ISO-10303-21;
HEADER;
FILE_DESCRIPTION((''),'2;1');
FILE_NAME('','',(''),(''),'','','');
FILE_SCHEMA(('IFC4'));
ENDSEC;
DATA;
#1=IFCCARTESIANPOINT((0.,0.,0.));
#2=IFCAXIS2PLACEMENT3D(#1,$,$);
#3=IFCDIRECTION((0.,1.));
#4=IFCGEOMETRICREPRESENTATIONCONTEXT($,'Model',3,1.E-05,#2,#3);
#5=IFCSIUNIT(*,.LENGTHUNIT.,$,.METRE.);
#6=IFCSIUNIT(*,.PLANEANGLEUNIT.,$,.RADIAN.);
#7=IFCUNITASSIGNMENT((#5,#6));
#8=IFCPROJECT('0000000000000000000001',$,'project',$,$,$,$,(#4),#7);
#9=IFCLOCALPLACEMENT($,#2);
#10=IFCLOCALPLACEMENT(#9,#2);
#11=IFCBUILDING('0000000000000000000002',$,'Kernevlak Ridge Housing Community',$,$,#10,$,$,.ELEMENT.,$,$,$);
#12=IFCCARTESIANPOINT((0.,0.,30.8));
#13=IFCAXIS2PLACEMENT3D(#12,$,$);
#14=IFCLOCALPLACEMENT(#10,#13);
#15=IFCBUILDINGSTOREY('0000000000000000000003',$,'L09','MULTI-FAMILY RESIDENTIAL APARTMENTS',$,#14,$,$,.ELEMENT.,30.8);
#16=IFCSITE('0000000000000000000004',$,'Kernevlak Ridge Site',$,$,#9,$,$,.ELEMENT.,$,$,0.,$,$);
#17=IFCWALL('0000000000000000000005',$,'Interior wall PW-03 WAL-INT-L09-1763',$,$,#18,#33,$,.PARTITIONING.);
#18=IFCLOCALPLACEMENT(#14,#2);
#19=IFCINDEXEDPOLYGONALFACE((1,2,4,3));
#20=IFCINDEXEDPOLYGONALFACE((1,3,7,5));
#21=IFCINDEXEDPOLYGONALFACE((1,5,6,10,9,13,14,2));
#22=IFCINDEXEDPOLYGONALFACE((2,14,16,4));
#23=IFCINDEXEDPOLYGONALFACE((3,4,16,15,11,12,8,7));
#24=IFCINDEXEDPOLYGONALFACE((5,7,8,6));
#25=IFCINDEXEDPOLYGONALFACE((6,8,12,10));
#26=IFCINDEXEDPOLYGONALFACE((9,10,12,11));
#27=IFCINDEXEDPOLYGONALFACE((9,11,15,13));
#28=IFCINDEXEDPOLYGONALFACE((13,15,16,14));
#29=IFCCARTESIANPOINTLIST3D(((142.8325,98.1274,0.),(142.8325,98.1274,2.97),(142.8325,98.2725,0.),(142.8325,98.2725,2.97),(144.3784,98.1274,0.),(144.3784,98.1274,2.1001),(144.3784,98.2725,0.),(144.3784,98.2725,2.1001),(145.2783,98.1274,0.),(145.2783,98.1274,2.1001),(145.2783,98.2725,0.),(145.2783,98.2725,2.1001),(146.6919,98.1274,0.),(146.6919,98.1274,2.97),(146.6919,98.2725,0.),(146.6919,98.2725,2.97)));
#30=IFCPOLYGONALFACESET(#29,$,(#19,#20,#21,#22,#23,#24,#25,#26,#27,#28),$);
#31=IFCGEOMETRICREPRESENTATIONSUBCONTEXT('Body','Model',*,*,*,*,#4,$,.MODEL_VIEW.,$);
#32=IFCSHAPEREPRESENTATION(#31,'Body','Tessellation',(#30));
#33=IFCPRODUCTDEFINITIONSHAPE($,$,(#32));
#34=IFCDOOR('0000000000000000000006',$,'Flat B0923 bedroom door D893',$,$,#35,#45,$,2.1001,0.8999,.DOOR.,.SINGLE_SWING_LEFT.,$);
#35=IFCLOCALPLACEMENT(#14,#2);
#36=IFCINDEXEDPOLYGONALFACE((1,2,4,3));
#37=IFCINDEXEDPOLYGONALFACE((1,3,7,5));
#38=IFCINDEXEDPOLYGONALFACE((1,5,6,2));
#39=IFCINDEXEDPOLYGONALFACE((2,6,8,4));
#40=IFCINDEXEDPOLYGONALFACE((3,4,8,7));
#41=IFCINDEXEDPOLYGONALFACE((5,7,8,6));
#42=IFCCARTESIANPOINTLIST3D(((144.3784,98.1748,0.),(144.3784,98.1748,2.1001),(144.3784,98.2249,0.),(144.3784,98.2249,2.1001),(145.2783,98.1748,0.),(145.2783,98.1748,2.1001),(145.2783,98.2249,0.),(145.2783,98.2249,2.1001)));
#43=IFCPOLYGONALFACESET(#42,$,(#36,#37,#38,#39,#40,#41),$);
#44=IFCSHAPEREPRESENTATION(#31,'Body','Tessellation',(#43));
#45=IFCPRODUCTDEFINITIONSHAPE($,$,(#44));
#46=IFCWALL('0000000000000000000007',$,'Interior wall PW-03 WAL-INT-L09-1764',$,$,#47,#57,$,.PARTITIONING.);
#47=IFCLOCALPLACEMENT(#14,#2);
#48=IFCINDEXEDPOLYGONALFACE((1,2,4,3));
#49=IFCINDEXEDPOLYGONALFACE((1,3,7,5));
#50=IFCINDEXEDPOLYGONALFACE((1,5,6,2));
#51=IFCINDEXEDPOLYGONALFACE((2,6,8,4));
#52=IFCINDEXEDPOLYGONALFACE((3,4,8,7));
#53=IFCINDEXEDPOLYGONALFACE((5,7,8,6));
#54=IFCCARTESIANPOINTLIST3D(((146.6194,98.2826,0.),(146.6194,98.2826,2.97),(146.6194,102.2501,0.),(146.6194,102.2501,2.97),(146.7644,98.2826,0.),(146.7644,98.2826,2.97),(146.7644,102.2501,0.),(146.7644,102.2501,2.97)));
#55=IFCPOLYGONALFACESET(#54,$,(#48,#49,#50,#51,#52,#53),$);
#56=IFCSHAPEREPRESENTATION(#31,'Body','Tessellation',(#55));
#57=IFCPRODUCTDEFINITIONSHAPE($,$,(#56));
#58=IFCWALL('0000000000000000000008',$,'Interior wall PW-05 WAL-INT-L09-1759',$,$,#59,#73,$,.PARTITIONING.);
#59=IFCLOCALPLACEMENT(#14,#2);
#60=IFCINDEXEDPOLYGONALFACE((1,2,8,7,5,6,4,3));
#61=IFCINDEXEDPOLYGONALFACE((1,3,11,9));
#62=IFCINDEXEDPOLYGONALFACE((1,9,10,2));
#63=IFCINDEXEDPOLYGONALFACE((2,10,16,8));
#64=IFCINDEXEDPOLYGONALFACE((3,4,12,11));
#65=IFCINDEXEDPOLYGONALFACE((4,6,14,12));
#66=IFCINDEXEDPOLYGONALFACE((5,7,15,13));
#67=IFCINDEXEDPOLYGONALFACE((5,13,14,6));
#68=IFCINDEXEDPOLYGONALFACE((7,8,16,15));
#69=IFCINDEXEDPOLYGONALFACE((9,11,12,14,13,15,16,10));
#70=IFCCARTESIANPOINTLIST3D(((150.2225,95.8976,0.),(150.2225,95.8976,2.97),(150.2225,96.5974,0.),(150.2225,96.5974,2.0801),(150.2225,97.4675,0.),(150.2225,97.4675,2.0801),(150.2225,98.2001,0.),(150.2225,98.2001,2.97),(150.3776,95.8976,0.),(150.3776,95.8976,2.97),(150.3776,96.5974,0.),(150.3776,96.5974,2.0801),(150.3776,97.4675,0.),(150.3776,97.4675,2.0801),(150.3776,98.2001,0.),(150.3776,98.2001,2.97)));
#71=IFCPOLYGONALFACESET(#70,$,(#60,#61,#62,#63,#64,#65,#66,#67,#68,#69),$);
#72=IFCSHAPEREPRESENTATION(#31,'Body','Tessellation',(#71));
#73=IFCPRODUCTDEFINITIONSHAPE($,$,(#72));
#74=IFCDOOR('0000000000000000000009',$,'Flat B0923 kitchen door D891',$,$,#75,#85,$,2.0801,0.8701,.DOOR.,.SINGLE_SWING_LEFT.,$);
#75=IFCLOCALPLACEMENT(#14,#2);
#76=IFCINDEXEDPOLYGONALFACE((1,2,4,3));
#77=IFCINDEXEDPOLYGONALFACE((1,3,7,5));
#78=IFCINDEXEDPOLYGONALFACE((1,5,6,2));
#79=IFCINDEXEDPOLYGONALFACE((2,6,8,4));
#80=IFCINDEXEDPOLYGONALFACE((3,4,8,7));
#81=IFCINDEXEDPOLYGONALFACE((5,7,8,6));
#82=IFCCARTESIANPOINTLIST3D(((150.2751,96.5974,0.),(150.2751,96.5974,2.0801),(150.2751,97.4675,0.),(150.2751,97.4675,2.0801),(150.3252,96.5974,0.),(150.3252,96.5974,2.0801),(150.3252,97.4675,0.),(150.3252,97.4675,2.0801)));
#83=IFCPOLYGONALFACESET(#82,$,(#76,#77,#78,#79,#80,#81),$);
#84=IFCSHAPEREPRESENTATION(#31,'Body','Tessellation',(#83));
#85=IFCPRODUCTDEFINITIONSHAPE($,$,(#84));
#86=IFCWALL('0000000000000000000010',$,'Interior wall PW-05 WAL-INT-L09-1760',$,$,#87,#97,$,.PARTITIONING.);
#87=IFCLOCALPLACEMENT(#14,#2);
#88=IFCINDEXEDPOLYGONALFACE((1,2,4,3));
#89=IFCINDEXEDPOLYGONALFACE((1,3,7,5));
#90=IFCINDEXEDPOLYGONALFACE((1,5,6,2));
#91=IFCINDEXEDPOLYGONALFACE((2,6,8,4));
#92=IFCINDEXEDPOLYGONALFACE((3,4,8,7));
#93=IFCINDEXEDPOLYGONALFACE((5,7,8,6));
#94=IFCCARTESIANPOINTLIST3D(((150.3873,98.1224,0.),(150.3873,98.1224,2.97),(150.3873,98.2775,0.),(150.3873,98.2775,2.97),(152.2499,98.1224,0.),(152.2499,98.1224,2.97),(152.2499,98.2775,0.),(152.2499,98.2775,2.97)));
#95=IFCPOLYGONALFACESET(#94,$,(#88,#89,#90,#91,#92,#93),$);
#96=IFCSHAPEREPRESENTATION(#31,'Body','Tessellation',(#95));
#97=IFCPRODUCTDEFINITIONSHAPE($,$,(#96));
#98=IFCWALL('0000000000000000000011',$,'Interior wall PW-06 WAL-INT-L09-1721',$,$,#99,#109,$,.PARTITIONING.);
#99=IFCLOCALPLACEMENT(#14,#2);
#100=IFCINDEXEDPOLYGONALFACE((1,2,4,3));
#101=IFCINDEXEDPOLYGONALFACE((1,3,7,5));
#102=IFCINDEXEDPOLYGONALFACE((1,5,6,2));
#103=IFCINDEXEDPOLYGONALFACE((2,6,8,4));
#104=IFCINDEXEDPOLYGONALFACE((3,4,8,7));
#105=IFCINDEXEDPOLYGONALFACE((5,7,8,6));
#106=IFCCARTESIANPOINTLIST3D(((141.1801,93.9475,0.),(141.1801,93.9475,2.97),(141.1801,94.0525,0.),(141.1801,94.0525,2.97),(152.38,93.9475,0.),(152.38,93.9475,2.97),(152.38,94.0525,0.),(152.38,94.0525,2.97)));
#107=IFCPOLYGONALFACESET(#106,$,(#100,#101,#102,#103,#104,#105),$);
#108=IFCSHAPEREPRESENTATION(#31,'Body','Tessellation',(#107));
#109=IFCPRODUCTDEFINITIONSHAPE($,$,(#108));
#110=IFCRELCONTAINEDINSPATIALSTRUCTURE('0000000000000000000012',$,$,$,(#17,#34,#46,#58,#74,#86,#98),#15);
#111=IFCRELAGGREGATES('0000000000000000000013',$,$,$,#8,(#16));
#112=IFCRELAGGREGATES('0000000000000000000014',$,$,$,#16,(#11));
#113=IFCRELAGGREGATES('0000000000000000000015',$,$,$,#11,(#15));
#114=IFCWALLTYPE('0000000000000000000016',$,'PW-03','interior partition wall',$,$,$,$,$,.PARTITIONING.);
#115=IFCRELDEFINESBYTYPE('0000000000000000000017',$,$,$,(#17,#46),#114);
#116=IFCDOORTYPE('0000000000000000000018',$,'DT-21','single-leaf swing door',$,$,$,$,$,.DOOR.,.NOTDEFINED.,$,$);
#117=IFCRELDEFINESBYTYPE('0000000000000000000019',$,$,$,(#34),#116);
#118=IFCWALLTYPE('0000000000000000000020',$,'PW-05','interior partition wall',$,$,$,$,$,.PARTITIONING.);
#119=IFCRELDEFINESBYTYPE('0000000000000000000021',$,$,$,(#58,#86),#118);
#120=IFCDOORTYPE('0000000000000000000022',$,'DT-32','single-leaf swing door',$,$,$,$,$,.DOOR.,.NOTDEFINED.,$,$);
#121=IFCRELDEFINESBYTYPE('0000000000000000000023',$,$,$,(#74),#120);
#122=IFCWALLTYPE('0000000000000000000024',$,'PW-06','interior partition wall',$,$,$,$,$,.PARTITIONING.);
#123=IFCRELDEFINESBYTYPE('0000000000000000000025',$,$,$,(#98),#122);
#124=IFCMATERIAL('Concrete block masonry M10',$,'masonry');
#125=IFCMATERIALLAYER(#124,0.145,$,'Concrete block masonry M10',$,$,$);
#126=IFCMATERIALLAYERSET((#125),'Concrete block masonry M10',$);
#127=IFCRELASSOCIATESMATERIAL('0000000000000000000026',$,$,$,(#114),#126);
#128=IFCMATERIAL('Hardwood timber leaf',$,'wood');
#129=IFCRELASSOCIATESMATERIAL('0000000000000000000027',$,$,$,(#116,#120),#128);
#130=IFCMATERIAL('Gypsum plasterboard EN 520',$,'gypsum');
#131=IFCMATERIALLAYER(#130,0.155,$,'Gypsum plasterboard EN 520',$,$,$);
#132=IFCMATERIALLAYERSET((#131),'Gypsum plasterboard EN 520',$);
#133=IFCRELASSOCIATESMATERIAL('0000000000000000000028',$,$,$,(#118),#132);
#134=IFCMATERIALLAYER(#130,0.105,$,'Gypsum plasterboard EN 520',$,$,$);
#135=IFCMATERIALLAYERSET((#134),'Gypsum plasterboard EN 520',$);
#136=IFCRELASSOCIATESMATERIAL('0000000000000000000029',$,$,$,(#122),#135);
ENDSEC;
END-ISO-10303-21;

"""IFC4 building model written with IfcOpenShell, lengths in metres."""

from ifc_helpers import new_model, si_unit, direction, frame, frame_2d, origin, place, context, subcontext, project, spatial, rectangle, extrude, material, layer, layer_set, type_object, element, fill, save


model = new_model("IFC4")

# Units and contexts
model_context = context("Model", 3, precision=1e-05, world=origin(), true_north=direction((0.0, 1.0)))
body_context = subcontext(model_context, "Body", "Model", "MODEL_VIEW")
ifc_project = project(units=[si_unit("LENGTHUNIT", "METRE"), si_unit("PLANEANGLEUNIT", "RADIAN")], contexts=[model_context])

# Site, building, storey
site_placement = place(None, origin())
site = spatial("IfcSite", under=ifc_project, at=site_placement, Name="Kernevlak Ridge Site", CompositionType="ELEMENT", RefElevation=0.0)
building_placement = place(site_placement, origin())
building = spatial("IfcBuilding", under=site, at=building_placement, Name="Kernevlak Ridge Housing Community", CompositionType="ELEMENT")
storey_placement = place(building_placement, frame((0.0, 0.0, 30.8)))
storey = spatial("IfcBuildingStorey", under=building, at=storey_placement, Name="L09", Description="MULTI-FAMILY RESIDENTIAL APARTMENTS", CompositionType="ELEMENT", Elevation=30.8)

# Shared definitions
ifc_material_1 = material(Name="Concrete block masonry M10", Category="masonry")

# Shared definitions
ifc_layer_1 = layer(ifc_material_1, 0.145, Name="Concrete block masonry M10")
ifc_layer_set_1 = layer_set([ifc_layer_1], Name="Concrete block masonry M10")
wall_type_1 = type_object("IfcWallType", Name="PW-03", Description="interior partition wall", PredefinedType="PARTITIONING", material=ifc_layer_set_1)

# Wall, opening, door
wall_1_placement = place(storey_placement, frame((142.8325, 98.2, 0.0), z_axis=(0.0, 0.0, 1.0), x_axis=(1.0, 0.0, 0.0)))
wall_1 = element("IfcWall", 1, at=wall_1_placement, inside=storey, type_object=wall_type_1, Name="Interior wall PW-03 WAL-INT-L09-1763", PredefinedType="PARTITIONING", context=body_context, shape_type="SweptSolid", body=[
    extrude(rectangle(XDim=3.8594, YDim=0.145, at=frame_2d((1.9297, 0.0))), origin(), (0.0, 0.0, 1.0), 2.97),
])
opening_1_placement = place(wall_1_placement, frame((1.5459, 0.0, 0.0)))
opening_1 = element("IfcOpeningElement", 2, at=opening_1_placement, cuts=wall_1, PredefinedType="OPENING", context=body_context, shape_type="SweptSolid", body=[
    extrude(rectangle(XDim=0.8999, YDim=2.1001, at=frame_2d((0.45, 1.05))), frame((0.0, 0.0825, 0.0), z_axis=(0.0, -1.0, 0.0), x_axis=(1.0, 0.0, 0.0)), (0.0, 0.0, 1.0), 0.165),
])
ifc_material_2 = material(Name="Hardwood timber leaf", Category="wood")
door_type_1 = type_object("IfcDoorType", Name="DT-21", Description="single-leaf swing door", OperationType="NOTDEFINED", PredefinedType="DOOR", material=ifc_material_2)
door_1_placement = place(opening_1_placement, origin())
door_1 = element("IfcDoor", 3, at=door_1_placement, inside=storey, type_object=door_type_1, Name="Flat B0923 bedroom door D893", OperationType="SINGLE_SWING_LEFT", OverallHeight=2.1001, OverallWidth=0.8999, PredefinedType="DOOR", context=body_context, shape_type="SweptSolid", body=[
    extrude(rectangle(XDim=0.8999, YDim=2.1001, at=frame_2d((0.45, 1.05))), frame((0.0, 0.0249, 0.0), z_axis=(0.0, -1.0, 0.0), x_axis=(1.0, 0.0, 0.0)), (0.0, 0.0, 1.0), 0.05),
])
fill(opening_1, door_1)

# Wall
wall_2_placement = place(storey_placement, frame((146.6919, 98.2825, 0.0), z_axis=(0.0, 0.0, 1.0), x_axis=(0.0, 1.0, 0.0)))
element("IfcWall", 4, at=wall_2_placement, inside=storey, type_object=wall_type_1, Name="Interior wall PW-03 WAL-INT-L09-1764", PredefinedType="PARTITIONING", context=body_context, shape_type="SweptSolid", body=[
    extrude(rectangle(XDim=3.9675, YDim=0.145, at=frame_2d((1.9839, 0.0))), origin(), (0.0, 0.0, 1.0), 2.97),
])

# Wall, opening, door
ifc_material_3 = material(Name="Gypsum plasterboard EN 520", Category="gypsum")
ifc_layer_2 = layer(ifc_material_3, 0.155, Name="Gypsum plasterboard EN 520")
ifc_layer_set_2 = layer_set([ifc_layer_2], Name="Gypsum plasterboard EN 520")
wall_type_2 = type_object("IfcWallType", Name="PW-05", Description="interior partition wall", PredefinedType="PARTITIONING", material=ifc_layer_set_2)
wall_3_placement = place(storey_placement, frame((150.3, 95.8975, 0.0), z_axis=(0.0, 0.0, 1.0), x_axis=(0.0, 1.0, 0.0)))
wall_3 = element("IfcWall", 5, at=wall_3_placement, inside=storey, type_object=wall_type_2, Name="Interior wall PW-05 WAL-INT-L09-1759", PredefinedType="PARTITIONING", context=body_context, shape_type="SweptSolid", body=[
    extrude(rectangle(XDim=2.3025, YDim=0.155, at=frame_2d((1.1514, 0.0))), origin(), (0.0, 0.0, 1.0), 2.97),
])
opening_2_placement = place(wall_3_placement, frame((0.7, 0.0, 0.0)))
opening_2 = element("IfcOpeningElement", 6, at=opening_2_placement, cuts=wall_3, PredefinedType="OPENING", context=body_context, shape_type="SweptSolid", body=[
    extrude(rectangle(XDim=0.8701, YDim=2.0801, at=frame_2d((0.4351, 1.04))), frame((0.0, 0.0874, 0.0), z_axis=(0.0, -1.0, 0.0), x_axis=(1.0, 0.0, 0.0)), (0.0, 0.0, 1.0), 0.175),
])
door_type_2 = type_object("IfcDoorType", Name="DT-32", Description="single-leaf swing door", OperationType="NOTDEFINED", PredefinedType="DOOR", material=ifc_material_2)
door_2_placement = place(opening_2_placement, origin())
door_2 = element("IfcDoor", 7, at=door_2_placement, inside=storey, type_object=door_type_2, Name="Flat B0923 kitchen door D891", OperationType="SINGLE_SWING_LEFT", OverallHeight=2.0801, OverallWidth=0.8701, PredefinedType="DOOR", context=body_context, shape_type="SweptSolid", body=[
    extrude(rectangle(XDim=0.8701, YDim=2.0801, at=frame_2d((0.4351, 1.04))), frame((0.0, 0.0249, 0.0), z_axis=(0.0, -1.0, 0.0), x_axis=(1.0, 0.0, 0.0)), (0.0, 0.0, 1.0), 0.05),
])
fill(opening_2, door_2)

# Walls
wall_4_placement = place(storey_placement, frame((150.3875, 98.2, 0.0), z_axis=(0.0, 0.0, 1.0), x_axis=(1.0, 0.0, 0.0)))
element("IfcWall", 8, at=wall_4_placement, inside=storey, type_object=wall_type_2, Name="Interior wall PW-05 WAL-INT-L09-1760", PredefinedType="PARTITIONING", context=body_context, shape_type="SweptSolid", body=[
    extrude(rectangle(XDim=1.8625, YDim=0.155, at=frame_2d((0.9312, 0.0))), origin(), (0.0, 0.0, 1.0), 2.97),
])
ifc_layer_3 = layer(ifc_material_3, 0.105, Name="Gypsum plasterboard EN 520")
ifc_layer_set_3 = layer_set([ifc_layer_3], Name="Gypsum plasterboard EN 520")
wall_type_3 = type_object("IfcWallType", Name="PW-06", Description="interior partition wall", PredefinedType="PARTITIONING", material=ifc_layer_set_3)
wall_5_placement = place(storey_placement, frame((141.1799, 94.0, 0.0), z_axis=(0.0, 0.0, 1.0), x_axis=(1.0, 0.0, 0.0)))
element("IfcWall", 9, at=wall_5_placement, inside=storey, type_object=wall_type_3, Name="Interior wall PW-06 WAL-INT-L09-1721", PredefinedType="PARTITIONING", context=body_context, shape_type="SweptSolid", body=[
    extrude(rectangle(XDim=11.2, YDim=0.105, at=frame_2d((5.6001, 0.0))), origin(), (0.0, 0.0, 1.0), 2.97),
])

save(model, "model.ifc")
